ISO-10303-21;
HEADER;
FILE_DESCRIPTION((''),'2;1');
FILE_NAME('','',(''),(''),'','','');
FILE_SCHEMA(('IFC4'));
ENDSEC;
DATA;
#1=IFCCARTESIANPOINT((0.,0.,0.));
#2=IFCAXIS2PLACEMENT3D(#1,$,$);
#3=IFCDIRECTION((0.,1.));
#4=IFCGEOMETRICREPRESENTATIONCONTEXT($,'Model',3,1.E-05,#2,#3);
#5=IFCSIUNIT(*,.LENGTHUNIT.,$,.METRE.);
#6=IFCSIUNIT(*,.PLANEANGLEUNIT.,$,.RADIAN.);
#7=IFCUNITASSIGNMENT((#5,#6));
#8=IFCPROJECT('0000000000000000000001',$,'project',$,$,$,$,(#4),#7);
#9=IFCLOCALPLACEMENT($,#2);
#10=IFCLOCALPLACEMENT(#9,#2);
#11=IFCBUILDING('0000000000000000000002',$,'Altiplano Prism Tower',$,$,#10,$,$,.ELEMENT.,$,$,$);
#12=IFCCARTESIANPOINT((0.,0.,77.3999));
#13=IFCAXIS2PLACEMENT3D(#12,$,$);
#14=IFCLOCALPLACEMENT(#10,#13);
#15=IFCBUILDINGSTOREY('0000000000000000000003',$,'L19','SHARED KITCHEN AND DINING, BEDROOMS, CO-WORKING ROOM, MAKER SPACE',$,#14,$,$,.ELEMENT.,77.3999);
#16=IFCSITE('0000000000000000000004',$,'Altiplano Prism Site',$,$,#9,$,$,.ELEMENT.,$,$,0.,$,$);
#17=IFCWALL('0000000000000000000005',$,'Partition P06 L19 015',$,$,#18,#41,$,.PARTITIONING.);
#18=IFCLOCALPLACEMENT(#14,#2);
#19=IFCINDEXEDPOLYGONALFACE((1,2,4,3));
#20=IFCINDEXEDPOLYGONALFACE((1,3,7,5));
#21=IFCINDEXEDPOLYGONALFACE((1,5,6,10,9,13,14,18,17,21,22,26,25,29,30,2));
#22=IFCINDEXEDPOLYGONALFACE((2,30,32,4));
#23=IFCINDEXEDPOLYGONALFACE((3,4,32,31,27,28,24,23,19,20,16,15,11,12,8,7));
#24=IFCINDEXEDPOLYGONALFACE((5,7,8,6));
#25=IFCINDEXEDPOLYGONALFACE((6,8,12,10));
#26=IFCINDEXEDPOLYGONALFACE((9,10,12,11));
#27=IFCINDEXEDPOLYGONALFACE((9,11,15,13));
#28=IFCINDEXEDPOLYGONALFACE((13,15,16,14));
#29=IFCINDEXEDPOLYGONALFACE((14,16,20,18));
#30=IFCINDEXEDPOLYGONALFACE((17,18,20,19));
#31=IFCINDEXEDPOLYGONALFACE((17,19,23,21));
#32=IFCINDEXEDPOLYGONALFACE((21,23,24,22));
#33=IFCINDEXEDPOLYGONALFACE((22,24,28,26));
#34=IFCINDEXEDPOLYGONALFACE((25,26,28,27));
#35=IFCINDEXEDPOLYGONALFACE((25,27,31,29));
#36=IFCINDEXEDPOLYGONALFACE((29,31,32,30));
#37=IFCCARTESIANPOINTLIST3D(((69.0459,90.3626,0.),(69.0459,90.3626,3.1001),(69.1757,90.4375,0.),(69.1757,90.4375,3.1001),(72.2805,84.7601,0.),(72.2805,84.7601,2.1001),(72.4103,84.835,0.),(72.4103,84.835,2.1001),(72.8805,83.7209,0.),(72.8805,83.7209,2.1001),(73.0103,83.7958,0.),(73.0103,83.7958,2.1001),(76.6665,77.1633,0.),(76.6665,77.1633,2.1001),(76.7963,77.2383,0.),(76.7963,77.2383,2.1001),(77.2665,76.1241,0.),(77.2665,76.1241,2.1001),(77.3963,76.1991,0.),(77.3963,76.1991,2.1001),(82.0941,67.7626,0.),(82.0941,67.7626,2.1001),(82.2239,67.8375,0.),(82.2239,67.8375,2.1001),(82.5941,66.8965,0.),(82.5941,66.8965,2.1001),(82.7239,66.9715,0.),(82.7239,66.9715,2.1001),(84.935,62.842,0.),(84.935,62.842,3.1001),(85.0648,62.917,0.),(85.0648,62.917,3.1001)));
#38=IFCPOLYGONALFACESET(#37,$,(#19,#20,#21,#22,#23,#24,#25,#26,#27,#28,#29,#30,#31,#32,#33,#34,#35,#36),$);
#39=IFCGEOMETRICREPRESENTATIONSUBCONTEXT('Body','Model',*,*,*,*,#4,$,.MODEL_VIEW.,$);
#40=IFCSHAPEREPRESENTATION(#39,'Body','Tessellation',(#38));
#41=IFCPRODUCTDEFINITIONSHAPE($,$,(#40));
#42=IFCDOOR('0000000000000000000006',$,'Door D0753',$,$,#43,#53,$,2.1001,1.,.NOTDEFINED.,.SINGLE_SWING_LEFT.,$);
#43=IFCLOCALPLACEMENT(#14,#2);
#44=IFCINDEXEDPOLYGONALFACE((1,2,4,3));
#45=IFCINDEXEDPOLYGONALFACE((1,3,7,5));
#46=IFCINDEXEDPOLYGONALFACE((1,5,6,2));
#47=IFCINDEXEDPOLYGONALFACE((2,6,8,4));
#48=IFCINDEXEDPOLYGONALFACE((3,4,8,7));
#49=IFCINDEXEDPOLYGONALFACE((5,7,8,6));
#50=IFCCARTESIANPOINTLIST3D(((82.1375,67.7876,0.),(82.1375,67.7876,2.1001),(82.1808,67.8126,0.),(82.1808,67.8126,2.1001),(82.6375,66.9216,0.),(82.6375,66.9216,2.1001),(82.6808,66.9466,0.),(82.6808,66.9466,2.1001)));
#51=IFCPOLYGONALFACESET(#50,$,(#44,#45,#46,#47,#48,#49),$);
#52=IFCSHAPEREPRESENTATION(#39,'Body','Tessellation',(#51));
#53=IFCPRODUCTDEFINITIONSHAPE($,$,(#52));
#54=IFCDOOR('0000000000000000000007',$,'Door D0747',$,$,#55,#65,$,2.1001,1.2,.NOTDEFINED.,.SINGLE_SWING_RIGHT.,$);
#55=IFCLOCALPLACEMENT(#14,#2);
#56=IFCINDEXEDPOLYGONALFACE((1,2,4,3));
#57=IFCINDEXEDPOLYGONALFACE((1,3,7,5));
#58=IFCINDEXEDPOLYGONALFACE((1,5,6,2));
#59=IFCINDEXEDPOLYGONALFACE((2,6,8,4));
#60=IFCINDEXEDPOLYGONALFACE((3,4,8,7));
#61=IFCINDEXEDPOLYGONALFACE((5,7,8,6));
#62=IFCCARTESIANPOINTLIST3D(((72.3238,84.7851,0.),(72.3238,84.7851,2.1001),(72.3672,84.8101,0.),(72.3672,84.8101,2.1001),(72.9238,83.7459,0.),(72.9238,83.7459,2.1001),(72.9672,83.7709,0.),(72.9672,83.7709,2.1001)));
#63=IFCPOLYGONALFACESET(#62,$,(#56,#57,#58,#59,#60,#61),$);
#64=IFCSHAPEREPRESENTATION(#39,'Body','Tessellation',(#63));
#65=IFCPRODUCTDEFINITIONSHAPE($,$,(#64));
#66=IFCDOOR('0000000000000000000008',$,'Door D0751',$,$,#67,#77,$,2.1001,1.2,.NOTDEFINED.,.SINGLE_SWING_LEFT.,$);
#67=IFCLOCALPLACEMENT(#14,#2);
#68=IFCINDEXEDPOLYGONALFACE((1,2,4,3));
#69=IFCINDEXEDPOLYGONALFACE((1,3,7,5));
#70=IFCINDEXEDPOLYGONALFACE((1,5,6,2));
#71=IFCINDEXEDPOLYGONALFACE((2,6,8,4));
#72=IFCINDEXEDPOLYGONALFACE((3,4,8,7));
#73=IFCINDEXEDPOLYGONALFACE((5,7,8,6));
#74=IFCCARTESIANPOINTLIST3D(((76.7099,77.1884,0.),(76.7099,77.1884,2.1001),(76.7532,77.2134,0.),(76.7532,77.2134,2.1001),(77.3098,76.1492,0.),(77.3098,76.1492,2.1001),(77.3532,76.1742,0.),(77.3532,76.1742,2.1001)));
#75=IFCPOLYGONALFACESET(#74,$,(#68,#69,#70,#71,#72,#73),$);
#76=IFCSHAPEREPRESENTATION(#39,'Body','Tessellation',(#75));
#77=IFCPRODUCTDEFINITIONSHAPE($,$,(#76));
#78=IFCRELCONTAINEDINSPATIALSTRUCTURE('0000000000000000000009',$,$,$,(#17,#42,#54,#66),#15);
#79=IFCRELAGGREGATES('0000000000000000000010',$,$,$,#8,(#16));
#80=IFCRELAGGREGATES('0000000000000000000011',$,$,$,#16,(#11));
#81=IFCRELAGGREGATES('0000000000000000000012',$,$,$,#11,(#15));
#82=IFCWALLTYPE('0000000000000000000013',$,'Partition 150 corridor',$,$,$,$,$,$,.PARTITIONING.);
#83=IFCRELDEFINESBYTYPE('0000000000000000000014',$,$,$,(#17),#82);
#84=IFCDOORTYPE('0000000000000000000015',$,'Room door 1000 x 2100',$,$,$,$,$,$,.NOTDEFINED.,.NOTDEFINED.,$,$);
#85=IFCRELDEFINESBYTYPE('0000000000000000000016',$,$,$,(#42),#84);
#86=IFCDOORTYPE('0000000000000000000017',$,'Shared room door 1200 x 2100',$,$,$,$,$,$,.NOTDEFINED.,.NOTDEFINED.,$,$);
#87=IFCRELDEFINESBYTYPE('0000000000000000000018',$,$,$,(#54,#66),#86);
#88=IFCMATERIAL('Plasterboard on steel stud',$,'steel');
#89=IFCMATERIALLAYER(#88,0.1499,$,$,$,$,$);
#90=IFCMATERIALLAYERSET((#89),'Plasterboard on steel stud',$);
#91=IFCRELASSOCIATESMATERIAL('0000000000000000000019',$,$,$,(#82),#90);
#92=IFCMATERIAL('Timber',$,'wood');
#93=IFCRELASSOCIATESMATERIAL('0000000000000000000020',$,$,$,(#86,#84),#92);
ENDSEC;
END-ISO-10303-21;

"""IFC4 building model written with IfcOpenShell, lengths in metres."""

from ifc_helpers import new_model, si_unit, direction, frame, frame_2d, origin, place, context, subcontext, project, spatial, rectangle, extrude, material, layer, layer_set, type_object, element, fill, save


model = new_model("IFC4")

# Units and contexts
model_context = context("Model", 3, precision=1e-05, world=origin(), true_north=direction((0.0, 1.0)))
body_context = subcontext(model_context, "Body", "Model", "MODEL_VIEW")
ifc_project = project(units=[si_unit("LENGTHUNIT", "METRE"), si_unit("PLANEANGLEUNIT", "RADIAN")], contexts=[model_context])

# Site, building, storey
site_placement = place(None, origin())
site = spatial("IfcSite", under=ifc_project, at=site_placement, Name="Altiplano Prism Site", CompositionType="ELEMENT", RefElevation=0.0)
building_placement = place(site_placement, origin())
building = spatial("IfcBuilding", under=site, at=building_placement, Name="Altiplano Prism Tower", CompositionType="ELEMENT")
storey_placement = place(building_placement, frame((0.0, 0.0, 77.3999)))
storey = spatial("IfcBuildingStorey", under=building, at=storey_placement, Name="L19", Description="SHARED KITCHEN AND DINING, BEDROOMS, CO-WORKING ROOM, MAKER SPACE", CompositionType="ELEMENT", Elevation=77.3999)

# Shared definitions
ifc_material_1 = material(Name="Plasterboard on steel stud", Category="steel")
ifc_material_2 = material(Name="Timber", Category="wood")

# Shared definitions
ifc_layer_1 = layer(ifc_material_1, 0.1499)
ifc_layer_set_1 = layer_set([ifc_layer_1], Name="Plasterboard on steel stud")
wall_type_1 = type_object("IfcWallType", Name="Partition 150 corridor", PredefinedType="PARTITIONING", material=ifc_layer_set_1)

# Wall, openings, doors
door_type_1 = type_object("IfcDoorType", Name="Shared room door 1200 x 2100", OperationType="NOTDEFINED", PredefinedType="NOTDEFINED", material=ifc_material_2)
wall_1_placement = place(storey_placement, frame((85.0, 62.8794, 0.0), z_axis=(0.0, 0.0, 1.0), x_axis=(-0.500004, 0.866023, 0.0)))
wall_1 = element("IfcWall", 1, at=wall_1_placement, inside=storey, type_object=wall_type_1, Name="Partition P06 L19 015", PredefinedType="PARTITIONING", context=body_context, shape_type="SweptSolid", body=[
    extrude(rectangle(XDim=31.7781, YDim=0.1499, at=frame_2d((15.8892, 0.0))), origin(), (0.0, 0.0, 1.0), 3.1001),
])
opening_1_placement = place(wall_1_placement, frame((24.1089, 0.0, 0.0)))
opening_1 = element("IfcOpeningElement", 2, at=opening_1_placement, cuts=wall_1, PredefinedType="OPENING", context=body_context, shape_type="SweptSolid", body=[
    extrude(rectangle(XDim=1.2, YDim=2.1001, at=frame_2d((0.6001, 1.05))), frame((0.0, 0.0854, 0.0), z_axis=(0.0, -1.0, 0.0), x_axis=(1.0, 0.0, 0.0)), (0.0, 0.0, 1.0), 0.1709),
])
opening_2_placement = place(wall_1_placement, frame((15.3369, 0.0, 0.0)))
opening_2 = element("IfcOpeningElement", 3, at=opening_2_placement, cuts=wall_1, PredefinedType="OPENING", context=body_context, shape_type="SweptSolid", body=[
    extrude(rectangle(XDim=1.2, YDim=2.1001, at=frame_2d((0.6001, 1.05))), frame((0.0, 0.0854, 0.0), z_axis=(0.0, -1.0, 0.0), x_axis=(1.0, 0.0, 0.0)), (0.0, 0.0, 1.0), 0.1709),
])
opening_3_placement = place(wall_1_placement, frame((4.6819, 0.0, 0.0)))
opening_3 = element("IfcOpeningElement", 4, at=opening_3_placement, cuts=wall_1, PredefinedType="OPENING", context=body_context, shape_type="SweptSolid", body=[
    extrude(rectangle(XDim=1.0, YDim=2.1001, at=frame_2d((0.5, 1.05))), frame((0.0, 0.0854, 0.0), z_axis=(0.0, -1.0, 0.0), x_axis=(1.0, 0.0, 0.0)), (0.0, 0.0, 1.0), 0.1709),
])
door_type_2 = type_object("IfcDoorType", Name="Room door 1000 x 2100", OperationType="NOTDEFINED", PredefinedType="NOTDEFINED", material=ifc_material_2)
door_1_placement = place(opening_3_placement, origin())
door_1 = element("IfcDoor", 5, at=door_1_placement, inside=storey, type_object=door_type_2, Name="Door D0753", OperationType="SINGLE_SWING_LEFT", OverallHeight=2.1001, OverallWidth=1.0, PredefinedType="NOTDEFINED", context=body_context, shape_type="SweptSolid", body=[
    extrude(rectangle(XDim=1.0, YDim=2.1001, at=frame_2d((0.5, 1.05))), frame((0.0, 0.0249, 0.0), z_axis=(0.0, -1.0, 0.0), x_axis=(1.0, 0.0, 0.0)), (0.0, 0.0, 1.0), 0.05),
])
fill(opening_3, door_1)
door_2_placement = place(opening_1_placement, origin())
door_2 = element("IfcDoor", 6, at=door_2_placement, inside=storey, type_object=door_type_1, Name="Door D0747", OperationType="SINGLE_SWING_RIGHT", OverallHeight=2.1001, OverallWidth=1.2, PredefinedType="NOTDEFINED", context=body_context, shape_type="SweptSolid", body=[
    extrude(rectangle(XDim=1.2, YDim=2.1001, at=frame_2d((0.6001, 1.05))), frame((0.0, 0.0249, 0.0), z_axis=(0.0, -1.0, 0.0), x_axis=(1.0, 0.0, 0.0)), (0.0, 0.0, 1.0), 0.05),
])
fill(opening_1, door_2)
door_3_placement = place(opening_2_placement, origin())
door_3 = element("IfcDoor", 7, at=door_3_placement, inside=storey, type_object=door_type_1, Name="Door D0751", OperationType="SINGLE_SWING_LEFT", OverallHeight=2.1001, OverallWidth=1.2, PredefinedType="NOTDEFINED", context=body_context, shape_type="SweptSolid", body=[
    extrude(rectangle(XDim=1.2, YDim=2.1001, at=frame_2d((0.6001, 1.05))), frame((0.0, 0.0249, 0.0), z_axis=(0.0, -1.0, 0.0), x_axis=(1.0, 0.0, 0.0)), (0.0, 0.0, 1.0), 0.05),
])
fill(opening_2, door_3)

save(model, "model.ifc")
